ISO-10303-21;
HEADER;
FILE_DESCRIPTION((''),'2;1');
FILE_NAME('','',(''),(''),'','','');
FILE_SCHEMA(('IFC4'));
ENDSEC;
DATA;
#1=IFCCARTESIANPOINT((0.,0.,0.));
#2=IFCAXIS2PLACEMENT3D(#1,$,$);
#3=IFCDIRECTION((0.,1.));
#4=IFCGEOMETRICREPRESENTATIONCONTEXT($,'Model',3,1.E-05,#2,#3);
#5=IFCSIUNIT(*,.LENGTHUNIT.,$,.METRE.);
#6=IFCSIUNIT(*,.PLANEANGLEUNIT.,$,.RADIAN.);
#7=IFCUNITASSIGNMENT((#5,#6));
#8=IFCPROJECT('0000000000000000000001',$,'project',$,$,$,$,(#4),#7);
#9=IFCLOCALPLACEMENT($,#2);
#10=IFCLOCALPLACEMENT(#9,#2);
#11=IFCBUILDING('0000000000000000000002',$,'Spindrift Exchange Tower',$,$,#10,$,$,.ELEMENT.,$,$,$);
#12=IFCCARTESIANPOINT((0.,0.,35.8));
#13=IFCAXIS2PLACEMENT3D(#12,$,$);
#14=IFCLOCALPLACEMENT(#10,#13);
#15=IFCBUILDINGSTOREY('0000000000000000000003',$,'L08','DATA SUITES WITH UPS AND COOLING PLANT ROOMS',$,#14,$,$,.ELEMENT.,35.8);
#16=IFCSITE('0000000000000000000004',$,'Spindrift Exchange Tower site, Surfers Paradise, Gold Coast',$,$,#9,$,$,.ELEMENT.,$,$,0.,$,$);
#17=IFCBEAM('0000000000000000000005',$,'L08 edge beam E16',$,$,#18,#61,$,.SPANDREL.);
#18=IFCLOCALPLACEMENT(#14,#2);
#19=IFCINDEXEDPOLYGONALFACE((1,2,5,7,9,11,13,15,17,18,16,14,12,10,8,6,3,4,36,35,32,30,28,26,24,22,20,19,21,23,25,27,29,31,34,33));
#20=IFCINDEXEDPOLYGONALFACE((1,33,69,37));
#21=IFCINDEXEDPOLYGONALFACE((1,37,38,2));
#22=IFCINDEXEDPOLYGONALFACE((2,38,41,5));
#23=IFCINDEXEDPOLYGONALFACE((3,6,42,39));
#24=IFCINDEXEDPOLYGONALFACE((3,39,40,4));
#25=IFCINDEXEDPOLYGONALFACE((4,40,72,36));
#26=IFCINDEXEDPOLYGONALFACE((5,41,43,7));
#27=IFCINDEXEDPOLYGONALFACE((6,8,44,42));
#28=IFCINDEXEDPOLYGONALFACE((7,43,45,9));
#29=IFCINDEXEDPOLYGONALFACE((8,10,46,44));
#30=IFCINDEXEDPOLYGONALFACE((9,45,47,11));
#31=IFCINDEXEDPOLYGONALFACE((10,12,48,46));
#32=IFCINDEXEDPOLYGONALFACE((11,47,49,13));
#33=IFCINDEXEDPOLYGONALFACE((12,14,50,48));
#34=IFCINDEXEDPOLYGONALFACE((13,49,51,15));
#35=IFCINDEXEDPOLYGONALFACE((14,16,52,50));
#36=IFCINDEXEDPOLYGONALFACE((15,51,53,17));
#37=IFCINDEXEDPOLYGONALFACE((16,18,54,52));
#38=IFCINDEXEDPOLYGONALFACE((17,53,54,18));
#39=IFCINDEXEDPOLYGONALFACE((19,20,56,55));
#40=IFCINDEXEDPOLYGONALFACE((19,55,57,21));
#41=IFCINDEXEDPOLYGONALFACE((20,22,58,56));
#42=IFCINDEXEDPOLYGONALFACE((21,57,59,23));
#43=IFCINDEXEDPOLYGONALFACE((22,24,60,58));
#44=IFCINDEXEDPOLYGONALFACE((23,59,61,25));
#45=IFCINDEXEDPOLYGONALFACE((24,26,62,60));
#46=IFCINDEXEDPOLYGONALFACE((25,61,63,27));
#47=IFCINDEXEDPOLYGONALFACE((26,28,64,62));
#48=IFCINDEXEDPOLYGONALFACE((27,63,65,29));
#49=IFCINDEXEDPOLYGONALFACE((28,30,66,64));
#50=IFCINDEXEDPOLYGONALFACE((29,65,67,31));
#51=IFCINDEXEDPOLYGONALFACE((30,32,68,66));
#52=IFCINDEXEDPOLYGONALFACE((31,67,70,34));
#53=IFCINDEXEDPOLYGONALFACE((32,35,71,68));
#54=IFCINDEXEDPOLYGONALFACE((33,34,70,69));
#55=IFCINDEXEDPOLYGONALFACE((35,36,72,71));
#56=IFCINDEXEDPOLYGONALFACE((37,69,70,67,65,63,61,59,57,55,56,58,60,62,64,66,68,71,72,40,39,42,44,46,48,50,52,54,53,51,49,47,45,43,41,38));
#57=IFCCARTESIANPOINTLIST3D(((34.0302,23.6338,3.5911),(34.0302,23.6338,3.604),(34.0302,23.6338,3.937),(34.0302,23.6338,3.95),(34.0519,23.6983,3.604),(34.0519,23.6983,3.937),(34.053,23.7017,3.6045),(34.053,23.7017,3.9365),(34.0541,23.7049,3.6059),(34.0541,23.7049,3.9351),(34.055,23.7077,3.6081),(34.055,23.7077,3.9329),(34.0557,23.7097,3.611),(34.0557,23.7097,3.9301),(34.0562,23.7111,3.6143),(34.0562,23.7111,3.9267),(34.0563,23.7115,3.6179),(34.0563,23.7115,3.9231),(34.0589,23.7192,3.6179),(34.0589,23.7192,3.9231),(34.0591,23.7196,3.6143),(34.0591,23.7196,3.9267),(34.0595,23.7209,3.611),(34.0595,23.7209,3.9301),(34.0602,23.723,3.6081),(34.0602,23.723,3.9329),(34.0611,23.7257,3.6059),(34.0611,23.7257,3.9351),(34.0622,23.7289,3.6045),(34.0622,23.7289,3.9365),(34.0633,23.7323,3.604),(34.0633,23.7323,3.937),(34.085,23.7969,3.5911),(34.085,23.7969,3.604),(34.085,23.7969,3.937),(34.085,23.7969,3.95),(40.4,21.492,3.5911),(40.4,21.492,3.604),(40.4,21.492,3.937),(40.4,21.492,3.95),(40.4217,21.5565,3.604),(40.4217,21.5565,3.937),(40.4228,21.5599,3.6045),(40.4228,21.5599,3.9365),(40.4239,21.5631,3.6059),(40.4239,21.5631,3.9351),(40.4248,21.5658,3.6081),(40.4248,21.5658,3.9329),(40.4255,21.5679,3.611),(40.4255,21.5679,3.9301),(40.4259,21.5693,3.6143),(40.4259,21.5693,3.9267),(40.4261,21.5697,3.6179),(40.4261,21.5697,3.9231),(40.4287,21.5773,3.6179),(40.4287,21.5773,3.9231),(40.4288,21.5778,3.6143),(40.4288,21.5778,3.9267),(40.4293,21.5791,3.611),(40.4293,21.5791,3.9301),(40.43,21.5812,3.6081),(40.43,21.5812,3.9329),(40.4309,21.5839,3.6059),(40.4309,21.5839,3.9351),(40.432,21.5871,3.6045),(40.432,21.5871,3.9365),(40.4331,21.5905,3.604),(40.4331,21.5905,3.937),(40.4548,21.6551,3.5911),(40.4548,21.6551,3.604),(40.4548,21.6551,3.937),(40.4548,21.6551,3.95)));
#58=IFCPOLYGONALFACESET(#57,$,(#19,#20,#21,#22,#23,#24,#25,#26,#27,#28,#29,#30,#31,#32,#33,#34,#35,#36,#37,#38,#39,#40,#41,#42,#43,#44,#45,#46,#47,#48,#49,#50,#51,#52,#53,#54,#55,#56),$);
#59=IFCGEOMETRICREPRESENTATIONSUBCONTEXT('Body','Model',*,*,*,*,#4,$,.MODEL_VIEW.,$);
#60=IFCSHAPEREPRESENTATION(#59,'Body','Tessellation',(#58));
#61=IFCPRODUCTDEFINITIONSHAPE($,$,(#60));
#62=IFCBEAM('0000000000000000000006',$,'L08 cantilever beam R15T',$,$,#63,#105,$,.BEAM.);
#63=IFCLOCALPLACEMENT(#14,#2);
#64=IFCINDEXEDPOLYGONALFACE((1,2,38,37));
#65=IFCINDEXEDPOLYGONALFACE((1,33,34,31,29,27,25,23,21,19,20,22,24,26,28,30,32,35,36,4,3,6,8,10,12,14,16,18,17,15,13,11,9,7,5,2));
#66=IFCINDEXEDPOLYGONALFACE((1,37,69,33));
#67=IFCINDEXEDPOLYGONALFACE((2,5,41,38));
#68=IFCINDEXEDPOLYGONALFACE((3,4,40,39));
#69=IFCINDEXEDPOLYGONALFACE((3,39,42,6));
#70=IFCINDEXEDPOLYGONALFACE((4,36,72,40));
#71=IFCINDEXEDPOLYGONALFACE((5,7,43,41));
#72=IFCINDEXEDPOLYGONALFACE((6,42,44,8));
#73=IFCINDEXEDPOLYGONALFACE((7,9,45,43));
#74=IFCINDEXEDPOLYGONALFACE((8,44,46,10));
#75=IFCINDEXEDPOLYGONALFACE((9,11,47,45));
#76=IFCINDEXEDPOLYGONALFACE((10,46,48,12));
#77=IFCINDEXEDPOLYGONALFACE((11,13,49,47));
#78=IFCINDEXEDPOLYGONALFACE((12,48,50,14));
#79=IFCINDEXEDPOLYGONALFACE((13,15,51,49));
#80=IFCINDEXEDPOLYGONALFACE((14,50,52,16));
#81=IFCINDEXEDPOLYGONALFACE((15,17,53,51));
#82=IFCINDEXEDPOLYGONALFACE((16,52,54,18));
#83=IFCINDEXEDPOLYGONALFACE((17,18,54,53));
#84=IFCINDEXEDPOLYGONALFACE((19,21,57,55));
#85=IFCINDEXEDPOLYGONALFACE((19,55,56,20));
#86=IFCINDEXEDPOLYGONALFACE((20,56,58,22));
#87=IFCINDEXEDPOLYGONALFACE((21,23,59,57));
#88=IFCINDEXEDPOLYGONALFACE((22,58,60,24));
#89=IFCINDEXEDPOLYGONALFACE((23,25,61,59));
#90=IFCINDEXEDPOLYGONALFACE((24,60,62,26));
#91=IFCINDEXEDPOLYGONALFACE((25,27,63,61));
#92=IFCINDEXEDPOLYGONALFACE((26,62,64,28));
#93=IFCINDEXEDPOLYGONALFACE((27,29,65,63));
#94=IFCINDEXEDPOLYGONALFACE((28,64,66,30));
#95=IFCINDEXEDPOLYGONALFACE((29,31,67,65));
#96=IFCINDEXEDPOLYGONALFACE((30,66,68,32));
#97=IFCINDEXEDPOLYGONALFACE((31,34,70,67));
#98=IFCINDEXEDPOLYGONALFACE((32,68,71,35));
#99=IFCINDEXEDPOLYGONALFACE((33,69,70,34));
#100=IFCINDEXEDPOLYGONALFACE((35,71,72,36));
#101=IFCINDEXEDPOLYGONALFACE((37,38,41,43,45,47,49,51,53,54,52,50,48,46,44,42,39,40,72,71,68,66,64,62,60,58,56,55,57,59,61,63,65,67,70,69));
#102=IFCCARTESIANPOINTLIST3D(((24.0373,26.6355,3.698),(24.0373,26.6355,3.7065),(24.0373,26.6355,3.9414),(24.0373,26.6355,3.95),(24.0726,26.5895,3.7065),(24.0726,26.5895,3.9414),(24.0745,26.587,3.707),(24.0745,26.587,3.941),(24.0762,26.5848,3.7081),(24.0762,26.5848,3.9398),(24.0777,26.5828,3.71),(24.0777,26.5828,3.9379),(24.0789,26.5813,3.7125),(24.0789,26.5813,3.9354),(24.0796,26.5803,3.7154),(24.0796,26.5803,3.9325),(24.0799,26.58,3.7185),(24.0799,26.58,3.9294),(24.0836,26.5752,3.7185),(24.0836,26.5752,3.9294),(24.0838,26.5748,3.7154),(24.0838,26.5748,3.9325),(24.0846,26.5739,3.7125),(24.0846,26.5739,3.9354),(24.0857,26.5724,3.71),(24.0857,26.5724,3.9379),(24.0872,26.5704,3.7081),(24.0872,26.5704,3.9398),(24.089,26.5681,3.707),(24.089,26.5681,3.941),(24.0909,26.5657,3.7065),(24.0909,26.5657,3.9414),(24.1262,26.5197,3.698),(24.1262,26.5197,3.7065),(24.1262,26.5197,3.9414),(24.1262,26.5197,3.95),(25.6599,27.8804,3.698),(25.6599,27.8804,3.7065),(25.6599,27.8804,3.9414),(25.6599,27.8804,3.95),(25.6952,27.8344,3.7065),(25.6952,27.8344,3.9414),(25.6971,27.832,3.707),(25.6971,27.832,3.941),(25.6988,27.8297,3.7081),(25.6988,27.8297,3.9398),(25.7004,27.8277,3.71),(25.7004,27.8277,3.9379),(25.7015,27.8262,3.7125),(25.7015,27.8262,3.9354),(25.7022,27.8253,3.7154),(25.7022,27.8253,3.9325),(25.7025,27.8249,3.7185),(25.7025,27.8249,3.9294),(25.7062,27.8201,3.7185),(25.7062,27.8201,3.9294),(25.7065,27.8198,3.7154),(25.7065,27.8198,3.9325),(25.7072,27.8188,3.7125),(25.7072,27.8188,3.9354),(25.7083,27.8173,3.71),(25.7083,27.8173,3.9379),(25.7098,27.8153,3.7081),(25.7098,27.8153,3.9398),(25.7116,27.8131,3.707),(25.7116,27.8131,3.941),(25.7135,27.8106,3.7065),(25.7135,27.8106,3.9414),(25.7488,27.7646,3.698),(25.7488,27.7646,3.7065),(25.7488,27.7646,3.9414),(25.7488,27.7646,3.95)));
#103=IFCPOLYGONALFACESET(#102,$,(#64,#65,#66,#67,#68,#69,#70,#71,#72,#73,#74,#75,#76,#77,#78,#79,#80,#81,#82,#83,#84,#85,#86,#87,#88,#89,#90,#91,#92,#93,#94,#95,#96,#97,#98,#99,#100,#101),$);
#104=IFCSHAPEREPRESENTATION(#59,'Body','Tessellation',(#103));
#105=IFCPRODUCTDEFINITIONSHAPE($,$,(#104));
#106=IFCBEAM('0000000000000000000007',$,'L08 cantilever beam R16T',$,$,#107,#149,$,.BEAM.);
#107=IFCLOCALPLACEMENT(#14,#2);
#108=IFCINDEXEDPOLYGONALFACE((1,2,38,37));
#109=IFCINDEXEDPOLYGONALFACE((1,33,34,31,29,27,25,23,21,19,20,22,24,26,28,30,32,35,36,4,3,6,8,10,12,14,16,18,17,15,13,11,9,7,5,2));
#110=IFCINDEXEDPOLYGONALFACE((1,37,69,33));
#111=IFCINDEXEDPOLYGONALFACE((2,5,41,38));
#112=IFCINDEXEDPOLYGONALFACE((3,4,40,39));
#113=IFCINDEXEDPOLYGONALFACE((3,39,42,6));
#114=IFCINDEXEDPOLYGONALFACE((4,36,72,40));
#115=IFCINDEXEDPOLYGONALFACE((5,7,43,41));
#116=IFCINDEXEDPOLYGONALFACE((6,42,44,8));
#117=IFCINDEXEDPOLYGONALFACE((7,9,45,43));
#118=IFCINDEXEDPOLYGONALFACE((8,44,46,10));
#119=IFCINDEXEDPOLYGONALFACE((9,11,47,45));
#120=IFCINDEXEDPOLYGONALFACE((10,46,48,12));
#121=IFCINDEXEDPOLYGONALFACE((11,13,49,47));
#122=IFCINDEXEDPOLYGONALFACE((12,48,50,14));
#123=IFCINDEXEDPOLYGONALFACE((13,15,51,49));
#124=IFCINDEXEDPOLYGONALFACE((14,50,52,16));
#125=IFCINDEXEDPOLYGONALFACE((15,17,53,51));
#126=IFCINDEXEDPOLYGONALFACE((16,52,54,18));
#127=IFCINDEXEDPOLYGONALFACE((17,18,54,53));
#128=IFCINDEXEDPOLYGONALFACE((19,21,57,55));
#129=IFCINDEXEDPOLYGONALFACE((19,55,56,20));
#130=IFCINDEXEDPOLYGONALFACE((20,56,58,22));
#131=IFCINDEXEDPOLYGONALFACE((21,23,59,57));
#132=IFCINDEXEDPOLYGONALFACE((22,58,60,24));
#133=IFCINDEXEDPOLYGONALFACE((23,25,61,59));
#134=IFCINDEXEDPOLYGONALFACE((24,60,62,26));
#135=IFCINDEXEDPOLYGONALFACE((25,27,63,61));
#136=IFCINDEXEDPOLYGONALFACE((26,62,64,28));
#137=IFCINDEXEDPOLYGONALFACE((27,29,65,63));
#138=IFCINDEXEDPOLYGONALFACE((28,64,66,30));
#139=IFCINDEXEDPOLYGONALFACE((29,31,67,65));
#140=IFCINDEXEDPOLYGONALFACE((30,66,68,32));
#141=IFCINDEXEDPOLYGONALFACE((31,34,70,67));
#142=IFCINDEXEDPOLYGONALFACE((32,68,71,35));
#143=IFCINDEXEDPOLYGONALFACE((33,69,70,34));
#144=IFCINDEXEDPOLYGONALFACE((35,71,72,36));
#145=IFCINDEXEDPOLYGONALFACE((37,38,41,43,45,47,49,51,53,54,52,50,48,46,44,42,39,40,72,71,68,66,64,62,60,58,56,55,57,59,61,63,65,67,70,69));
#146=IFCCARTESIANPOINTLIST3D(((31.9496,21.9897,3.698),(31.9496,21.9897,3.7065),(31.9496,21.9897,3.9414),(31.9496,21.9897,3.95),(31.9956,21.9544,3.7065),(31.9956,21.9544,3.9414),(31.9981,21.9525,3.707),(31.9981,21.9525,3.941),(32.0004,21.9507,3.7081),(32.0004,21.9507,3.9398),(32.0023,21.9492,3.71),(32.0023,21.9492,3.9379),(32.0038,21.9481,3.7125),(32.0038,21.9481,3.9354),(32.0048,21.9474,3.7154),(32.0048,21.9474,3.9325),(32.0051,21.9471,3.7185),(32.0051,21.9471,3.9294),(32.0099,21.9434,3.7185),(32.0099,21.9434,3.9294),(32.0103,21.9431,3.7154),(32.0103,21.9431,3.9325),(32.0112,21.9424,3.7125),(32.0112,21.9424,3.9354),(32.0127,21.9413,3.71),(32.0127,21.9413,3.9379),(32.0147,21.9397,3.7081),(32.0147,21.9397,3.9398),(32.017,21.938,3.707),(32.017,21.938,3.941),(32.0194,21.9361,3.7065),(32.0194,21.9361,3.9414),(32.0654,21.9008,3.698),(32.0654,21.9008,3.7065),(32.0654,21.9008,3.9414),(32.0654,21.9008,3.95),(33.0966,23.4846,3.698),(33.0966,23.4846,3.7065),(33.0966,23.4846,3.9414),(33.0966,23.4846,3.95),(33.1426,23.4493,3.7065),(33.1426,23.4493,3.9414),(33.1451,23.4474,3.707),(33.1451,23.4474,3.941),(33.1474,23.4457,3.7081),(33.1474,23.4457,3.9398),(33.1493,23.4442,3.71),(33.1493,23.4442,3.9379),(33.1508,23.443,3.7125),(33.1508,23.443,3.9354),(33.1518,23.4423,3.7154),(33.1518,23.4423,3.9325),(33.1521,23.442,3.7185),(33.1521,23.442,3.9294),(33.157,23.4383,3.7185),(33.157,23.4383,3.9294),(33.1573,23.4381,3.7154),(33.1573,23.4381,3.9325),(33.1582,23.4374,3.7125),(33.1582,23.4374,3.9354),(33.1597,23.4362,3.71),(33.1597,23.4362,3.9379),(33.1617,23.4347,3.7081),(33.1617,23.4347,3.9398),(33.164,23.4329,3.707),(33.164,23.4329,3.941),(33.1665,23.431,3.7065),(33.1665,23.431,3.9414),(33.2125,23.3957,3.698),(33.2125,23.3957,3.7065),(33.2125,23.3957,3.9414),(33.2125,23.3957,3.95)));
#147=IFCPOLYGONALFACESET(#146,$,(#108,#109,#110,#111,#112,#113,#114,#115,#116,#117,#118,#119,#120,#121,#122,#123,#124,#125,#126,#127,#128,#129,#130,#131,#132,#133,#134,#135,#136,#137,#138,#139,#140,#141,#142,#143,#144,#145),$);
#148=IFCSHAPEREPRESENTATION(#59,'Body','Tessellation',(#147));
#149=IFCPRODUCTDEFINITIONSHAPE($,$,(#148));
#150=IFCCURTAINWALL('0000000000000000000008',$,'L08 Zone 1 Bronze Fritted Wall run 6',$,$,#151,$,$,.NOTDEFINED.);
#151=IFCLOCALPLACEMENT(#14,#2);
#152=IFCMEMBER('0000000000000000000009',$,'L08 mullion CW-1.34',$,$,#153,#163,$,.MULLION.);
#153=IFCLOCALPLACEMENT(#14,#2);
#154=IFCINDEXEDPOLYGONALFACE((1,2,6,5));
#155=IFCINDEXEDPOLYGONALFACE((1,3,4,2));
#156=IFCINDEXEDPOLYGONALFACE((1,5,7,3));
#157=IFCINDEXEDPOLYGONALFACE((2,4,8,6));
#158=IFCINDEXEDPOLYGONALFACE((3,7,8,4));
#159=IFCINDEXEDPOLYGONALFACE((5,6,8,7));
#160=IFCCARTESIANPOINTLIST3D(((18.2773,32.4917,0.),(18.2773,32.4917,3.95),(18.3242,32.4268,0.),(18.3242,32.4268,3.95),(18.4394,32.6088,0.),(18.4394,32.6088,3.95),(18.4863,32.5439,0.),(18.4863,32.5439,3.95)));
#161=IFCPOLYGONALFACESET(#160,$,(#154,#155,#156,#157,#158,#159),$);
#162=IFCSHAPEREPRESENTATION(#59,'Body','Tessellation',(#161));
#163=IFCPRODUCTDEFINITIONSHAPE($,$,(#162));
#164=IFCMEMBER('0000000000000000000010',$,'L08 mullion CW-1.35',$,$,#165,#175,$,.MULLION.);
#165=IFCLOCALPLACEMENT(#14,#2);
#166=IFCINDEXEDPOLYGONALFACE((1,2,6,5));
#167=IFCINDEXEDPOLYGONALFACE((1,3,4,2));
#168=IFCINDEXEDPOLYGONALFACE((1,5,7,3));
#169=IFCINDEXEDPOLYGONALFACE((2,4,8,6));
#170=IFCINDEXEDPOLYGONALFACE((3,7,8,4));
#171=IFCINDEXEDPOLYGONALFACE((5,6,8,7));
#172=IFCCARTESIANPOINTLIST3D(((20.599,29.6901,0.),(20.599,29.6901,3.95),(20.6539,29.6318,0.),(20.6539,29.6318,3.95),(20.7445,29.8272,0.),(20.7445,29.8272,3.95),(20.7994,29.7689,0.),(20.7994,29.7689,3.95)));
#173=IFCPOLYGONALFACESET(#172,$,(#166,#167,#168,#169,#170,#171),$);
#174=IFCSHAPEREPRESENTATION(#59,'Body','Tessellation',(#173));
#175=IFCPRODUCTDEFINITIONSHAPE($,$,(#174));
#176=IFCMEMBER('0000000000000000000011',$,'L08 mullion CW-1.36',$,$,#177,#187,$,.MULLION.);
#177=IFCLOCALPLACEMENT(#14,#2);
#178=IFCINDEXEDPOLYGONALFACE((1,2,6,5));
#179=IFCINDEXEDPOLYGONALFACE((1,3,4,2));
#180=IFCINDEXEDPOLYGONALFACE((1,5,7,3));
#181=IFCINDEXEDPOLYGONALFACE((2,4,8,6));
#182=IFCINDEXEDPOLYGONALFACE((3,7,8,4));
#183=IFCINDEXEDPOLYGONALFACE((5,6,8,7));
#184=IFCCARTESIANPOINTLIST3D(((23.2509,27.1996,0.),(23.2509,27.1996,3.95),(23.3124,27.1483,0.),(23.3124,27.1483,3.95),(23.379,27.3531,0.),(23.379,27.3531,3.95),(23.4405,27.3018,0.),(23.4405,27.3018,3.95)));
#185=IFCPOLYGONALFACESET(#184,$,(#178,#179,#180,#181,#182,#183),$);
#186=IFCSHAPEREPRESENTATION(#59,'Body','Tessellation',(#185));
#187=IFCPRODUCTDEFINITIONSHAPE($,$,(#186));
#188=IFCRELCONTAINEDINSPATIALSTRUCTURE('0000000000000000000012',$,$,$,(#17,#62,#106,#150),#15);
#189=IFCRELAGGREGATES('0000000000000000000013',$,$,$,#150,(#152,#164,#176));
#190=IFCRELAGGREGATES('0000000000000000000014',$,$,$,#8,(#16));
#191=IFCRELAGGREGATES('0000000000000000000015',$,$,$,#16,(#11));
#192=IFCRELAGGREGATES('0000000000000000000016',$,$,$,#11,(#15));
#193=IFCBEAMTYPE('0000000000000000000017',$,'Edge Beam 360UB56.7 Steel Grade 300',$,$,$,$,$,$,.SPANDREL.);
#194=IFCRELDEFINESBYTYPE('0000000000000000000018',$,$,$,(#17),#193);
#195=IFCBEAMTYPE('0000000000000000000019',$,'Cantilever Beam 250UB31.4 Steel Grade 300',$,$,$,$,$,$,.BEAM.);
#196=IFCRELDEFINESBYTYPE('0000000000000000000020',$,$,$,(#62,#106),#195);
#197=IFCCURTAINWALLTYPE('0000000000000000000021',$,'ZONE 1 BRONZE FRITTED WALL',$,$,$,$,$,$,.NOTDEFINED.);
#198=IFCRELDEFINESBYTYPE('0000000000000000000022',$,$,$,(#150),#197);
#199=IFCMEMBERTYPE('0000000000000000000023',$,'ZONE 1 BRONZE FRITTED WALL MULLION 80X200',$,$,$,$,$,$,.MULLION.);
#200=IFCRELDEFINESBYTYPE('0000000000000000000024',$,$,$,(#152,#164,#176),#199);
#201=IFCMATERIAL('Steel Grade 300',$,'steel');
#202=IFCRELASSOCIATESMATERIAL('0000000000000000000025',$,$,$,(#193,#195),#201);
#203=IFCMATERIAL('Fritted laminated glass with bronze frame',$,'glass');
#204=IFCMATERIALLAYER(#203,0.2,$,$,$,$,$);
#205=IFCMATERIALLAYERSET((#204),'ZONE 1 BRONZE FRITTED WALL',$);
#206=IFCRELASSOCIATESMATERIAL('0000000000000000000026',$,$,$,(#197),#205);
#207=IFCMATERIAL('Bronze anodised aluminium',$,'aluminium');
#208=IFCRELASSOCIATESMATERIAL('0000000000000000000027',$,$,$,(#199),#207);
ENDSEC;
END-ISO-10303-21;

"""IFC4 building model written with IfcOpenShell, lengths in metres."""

from ifc_helpers import new_model, si_unit, direction, frame, origin, origin_2d, place, context, subcontext, project, spatial, rectangle, i_section, extrude, source, transform, mapped, material, layer, layer_set, material_profile, profile_set, type_object, element, aggregate, save


model = new_model("IFC4")

# Units and contexts
model_context = context("Model", 3, precision=1e-05, world=origin(), true_north=direction((0.0, 1.0)))
body_context = subcontext(model_context, "Body", "Model", "MODEL_VIEW")
ifc_project = project(units=[si_unit("LENGTHUNIT", "METRE"), si_unit("PLANEANGLEUNIT", "RADIAN")], contexts=[model_context])

# Site, building, storey
site_placement = place(None, origin())
site = spatial("IfcSite", under=ifc_project, at=site_placement, Name="Spindrift Exchange Tower site, Surfers Paradise, Gold Coast", CompositionType="ELEMENT", RefElevation=0.0)
building_placement = place(site_placement, origin())
building = spatial("IfcBuilding", under=site, at=building_placement, Name="Spindrift Exchange Tower", CompositionType="ELEMENT")
storey_placement = place(building_placement, frame((0.0, 0.0, 35.8)))
storey = spatial("IfcBuildingStorey", under=building, at=storey_placement, Name="L08", Description="DATA SUITES WITH UPS AND COOLING PLANT ROOMS", CompositionType="ELEMENT", Elevation=35.8)

# Beams
ifc_material_1 = material(Name="Steel Grade 300", Category="steel")
ifc_material_profile_1 = material_profile(ifc_material_1, i_section(OverallWidth=0.1721, OverallDepth=0.3589, WebThickness=0.0081, FlangeThickness=0.0129, FilletRadius=0.0139, at=origin_2d()), Name="360UB56.7")
ifc_profile_set_1 = profile_set([ifc_material_profile_1], Name="Steel Grade 300")
beam_type_1 = type_object("IfcBeamType", Name="Edge Beam 360UB56.7 Steel Grade 300", PredefinedType="SPANDREL", material=ifc_profile_set_1)
shared_shape_1 = source(origin(), body_context, "Body", "SweptSolid", [
    extrude(i_section(OverallWidth=0.1721, OverallDepth=0.3589, WebThickness=0.0081, FlangeThickness=0.0129, FilletRadius=0.0139, at=origin_2d()), origin(), (0.0, 0.0, 1.0), 6.7202),
])
beam_1_placement = place(storey_placement, frame((34.0576, 23.7153, 3.7705), z_axis=(0.947852, -0.318712, 0.0), x_axis=(0.318712, 0.947852, 0.0)))
element("IfcBeam", 1, at=beam_1_placement, inside=storey, type_object=beam_type_1, Name="L08 edge beam E16", PredefinedType="SPANDREL", context=body_context, shape_type="MappedRepresentation", body=[
    mapped(shared_shape_1, transform((0.0, 0.0, 0.0), scale=1.0)),
])
ifc_material_profile_2 = material_profile(ifc_material_1, i_section(OverallWidth=0.146, OverallDepth=0.252, WebThickness=0.0061, FlangeThickness=0.0085, FilletRadius=0.012, at=origin_2d()), Name="250UB31.4")
ifc_profile_set_2 = profile_set([ifc_material_profile_2], Name="Steel Grade 300")
beam_type_2 = type_object("IfcBeamType", Name="Cantilever Beam 250UB31.4 Steel Grade 300", PredefinedType="BEAM", material=ifc_profile_set_2)
shared_shape_2 = source(origin(), body_context, "Body", "SweptSolid", [
    extrude(i_section(OverallWidth=0.146, OverallDepth=0.252, WebThickness=0.0061, FlangeThickness=0.0085, FilletRadius=0.012, at=origin_2d()), origin(), (0.0, 0.0, 1.0), 2.0452),
])
beam_2_placement = place(storey_placement, frame((25.7043, 27.8225, 3.824), z_axis=(-0.793391, -0.608712, 0.0), x_axis=(0.608712, -0.793391, 0.0)))
element("IfcBeam", 2, at=beam_2_placement, inside=storey, type_object=beam_type_2, Name="L08 cantilever beam R15T", PredefinedType="BEAM", context=body_context, shape_type="MappedRepresentation", body=[
    mapped(shared_shape_2, transform((0.0, 0.0, 0.0), scale=1.0)),
])
shared_shape_3 = source(origin(), body_context, "Body", "SweptSolid", [
    extrude(i_section(OverallWidth=0.146, OverallDepth=0.252, WebThickness=0.0061, FlangeThickness=0.0085, FilletRadius=0.012, at=origin_2d()), origin(), (0.0, 0.0, 1.0), 1.8843),
])
beam_3_placement = place(storey_placement, frame((33.1545, 23.4402, 3.824), z_axis=(-0.608733, -0.793375, 0.0), x_axis=(0.793375, -0.608733, 0.0)))
element("IfcBeam", 3, at=beam_3_placement, inside=storey, type_object=beam_type_2, Name="L08 cantilever beam R16T", PredefinedType="BEAM", context=body_context, shape_type="MappedRepresentation", body=[
    mapped(shared_shape_3, transform((0.0, 0.0, 0.0), scale=1.0)),
])

# Curtain wall, members
ifc_material_2 = material(Name="Fritted laminated glass with bronze frame", Category="glass")
ifc_layer_1 = layer(ifc_material_2, 0.2)
ifc_layer_set_1 = layer_set([ifc_layer_1], Name="ZONE 1 BRONZE FRITTED WALL")
curtain_wall_type = type_object("IfcCurtainWallType", Name="ZONE 1 BRONZE FRITTED WALL", PredefinedType="NOTDEFINED", material=ifc_layer_set_1)
curtain_wall_1_placement = place(storey_placement, origin())
curtain_wall_1 = element("IfcCurtainWall", 4, at=curtain_wall_1_placement, inside=storey, type_object=curtain_wall_type, Name="L08 Zone 1 Bronze Fritted Wall run 6", PredefinedType="NOTDEFINED")
ifc_material_3 = material(Name="Bronze anodised aluminium", Category="aluminium")
ifc_material_profile_3 = material_profile(ifc_material_3, rectangle(XDim=0.0801, YDim=0.2, at=origin_2d()), Name="ZONE 1 BRONZE FRITTED WALL MULLION 80X200")
ifc_profile_set_3 = profile_set([ifc_material_profile_3], Name="Bronze anodised aluminium")
member_type_1 = type_object("IfcMemberType", Name="ZONE 1 BRONZE FRITTED WALL MULLION 80X200", PredefinedType="MULLION", material=ifc_profile_set_3)
shared_shape_4 = source(origin(), body_context, "Body", "SweptSolid", [
    extrude(rectangle(XDim=0.0801, YDim=0.2, at=origin_2d()), origin(), (0.0, 0.0, 1.0), 3.95),
])
member_1_placement = place(storey_placement, frame((18.3818, 32.5178, 0.0), z_axis=(0.0, 0.0, 1.0), x_axis=(0.585604, -0.810597, 0.0)))
member_1 = element("IfcMember", 5, at=member_1_placement, type_object=member_type_1, Name="L08 mullion CW-1.34", PredefinedType="MULLION", context=body_context, shape_type="MappedRepresentation", body=[
    mapped(shared_shape_4, transform((0.0, 0.0, 0.0), scale=1.0)),
])
member_2_placement = place(storey_placement, frame((20.6992, 29.7295, 0.0), z_axis=(0.0, 0.0, 1.0), x_axis=(0.685848, -0.727745, 0.0)))
member_2 = element("IfcMember", 6, at=member_2_placement, type_object=member_type_1, Name="L08 mullion CW-1.35", PredefinedType="MULLION", context=body_context, shape_type="MappedRepresentation", body=[
    mapped(shared_shape_4, transform((0.0, 0.0, 0.0), scale=1.0)),
])
member_3_placement = place(storey_placement, frame((23.3457, 27.2507, 0.0), z_axis=(0.0, 0.0, 1.0), x_axis=(0.767701, -0.640809, 0.0)))
member_3 = element("IfcMember", 7, at=member_3_placement, type_object=member_type_1, Name="L08 mullion CW-1.36", PredefinedType="MULLION", context=body_context, shape_type="MappedRepresentation", body=[
    mapped(shared_shape_4, transform((0.0, 0.0, 0.0), scale=1.0)),
])

aggregate(curtain_wall_1, [member_1, member_2, member_3])

save(model, "model.ifc")
